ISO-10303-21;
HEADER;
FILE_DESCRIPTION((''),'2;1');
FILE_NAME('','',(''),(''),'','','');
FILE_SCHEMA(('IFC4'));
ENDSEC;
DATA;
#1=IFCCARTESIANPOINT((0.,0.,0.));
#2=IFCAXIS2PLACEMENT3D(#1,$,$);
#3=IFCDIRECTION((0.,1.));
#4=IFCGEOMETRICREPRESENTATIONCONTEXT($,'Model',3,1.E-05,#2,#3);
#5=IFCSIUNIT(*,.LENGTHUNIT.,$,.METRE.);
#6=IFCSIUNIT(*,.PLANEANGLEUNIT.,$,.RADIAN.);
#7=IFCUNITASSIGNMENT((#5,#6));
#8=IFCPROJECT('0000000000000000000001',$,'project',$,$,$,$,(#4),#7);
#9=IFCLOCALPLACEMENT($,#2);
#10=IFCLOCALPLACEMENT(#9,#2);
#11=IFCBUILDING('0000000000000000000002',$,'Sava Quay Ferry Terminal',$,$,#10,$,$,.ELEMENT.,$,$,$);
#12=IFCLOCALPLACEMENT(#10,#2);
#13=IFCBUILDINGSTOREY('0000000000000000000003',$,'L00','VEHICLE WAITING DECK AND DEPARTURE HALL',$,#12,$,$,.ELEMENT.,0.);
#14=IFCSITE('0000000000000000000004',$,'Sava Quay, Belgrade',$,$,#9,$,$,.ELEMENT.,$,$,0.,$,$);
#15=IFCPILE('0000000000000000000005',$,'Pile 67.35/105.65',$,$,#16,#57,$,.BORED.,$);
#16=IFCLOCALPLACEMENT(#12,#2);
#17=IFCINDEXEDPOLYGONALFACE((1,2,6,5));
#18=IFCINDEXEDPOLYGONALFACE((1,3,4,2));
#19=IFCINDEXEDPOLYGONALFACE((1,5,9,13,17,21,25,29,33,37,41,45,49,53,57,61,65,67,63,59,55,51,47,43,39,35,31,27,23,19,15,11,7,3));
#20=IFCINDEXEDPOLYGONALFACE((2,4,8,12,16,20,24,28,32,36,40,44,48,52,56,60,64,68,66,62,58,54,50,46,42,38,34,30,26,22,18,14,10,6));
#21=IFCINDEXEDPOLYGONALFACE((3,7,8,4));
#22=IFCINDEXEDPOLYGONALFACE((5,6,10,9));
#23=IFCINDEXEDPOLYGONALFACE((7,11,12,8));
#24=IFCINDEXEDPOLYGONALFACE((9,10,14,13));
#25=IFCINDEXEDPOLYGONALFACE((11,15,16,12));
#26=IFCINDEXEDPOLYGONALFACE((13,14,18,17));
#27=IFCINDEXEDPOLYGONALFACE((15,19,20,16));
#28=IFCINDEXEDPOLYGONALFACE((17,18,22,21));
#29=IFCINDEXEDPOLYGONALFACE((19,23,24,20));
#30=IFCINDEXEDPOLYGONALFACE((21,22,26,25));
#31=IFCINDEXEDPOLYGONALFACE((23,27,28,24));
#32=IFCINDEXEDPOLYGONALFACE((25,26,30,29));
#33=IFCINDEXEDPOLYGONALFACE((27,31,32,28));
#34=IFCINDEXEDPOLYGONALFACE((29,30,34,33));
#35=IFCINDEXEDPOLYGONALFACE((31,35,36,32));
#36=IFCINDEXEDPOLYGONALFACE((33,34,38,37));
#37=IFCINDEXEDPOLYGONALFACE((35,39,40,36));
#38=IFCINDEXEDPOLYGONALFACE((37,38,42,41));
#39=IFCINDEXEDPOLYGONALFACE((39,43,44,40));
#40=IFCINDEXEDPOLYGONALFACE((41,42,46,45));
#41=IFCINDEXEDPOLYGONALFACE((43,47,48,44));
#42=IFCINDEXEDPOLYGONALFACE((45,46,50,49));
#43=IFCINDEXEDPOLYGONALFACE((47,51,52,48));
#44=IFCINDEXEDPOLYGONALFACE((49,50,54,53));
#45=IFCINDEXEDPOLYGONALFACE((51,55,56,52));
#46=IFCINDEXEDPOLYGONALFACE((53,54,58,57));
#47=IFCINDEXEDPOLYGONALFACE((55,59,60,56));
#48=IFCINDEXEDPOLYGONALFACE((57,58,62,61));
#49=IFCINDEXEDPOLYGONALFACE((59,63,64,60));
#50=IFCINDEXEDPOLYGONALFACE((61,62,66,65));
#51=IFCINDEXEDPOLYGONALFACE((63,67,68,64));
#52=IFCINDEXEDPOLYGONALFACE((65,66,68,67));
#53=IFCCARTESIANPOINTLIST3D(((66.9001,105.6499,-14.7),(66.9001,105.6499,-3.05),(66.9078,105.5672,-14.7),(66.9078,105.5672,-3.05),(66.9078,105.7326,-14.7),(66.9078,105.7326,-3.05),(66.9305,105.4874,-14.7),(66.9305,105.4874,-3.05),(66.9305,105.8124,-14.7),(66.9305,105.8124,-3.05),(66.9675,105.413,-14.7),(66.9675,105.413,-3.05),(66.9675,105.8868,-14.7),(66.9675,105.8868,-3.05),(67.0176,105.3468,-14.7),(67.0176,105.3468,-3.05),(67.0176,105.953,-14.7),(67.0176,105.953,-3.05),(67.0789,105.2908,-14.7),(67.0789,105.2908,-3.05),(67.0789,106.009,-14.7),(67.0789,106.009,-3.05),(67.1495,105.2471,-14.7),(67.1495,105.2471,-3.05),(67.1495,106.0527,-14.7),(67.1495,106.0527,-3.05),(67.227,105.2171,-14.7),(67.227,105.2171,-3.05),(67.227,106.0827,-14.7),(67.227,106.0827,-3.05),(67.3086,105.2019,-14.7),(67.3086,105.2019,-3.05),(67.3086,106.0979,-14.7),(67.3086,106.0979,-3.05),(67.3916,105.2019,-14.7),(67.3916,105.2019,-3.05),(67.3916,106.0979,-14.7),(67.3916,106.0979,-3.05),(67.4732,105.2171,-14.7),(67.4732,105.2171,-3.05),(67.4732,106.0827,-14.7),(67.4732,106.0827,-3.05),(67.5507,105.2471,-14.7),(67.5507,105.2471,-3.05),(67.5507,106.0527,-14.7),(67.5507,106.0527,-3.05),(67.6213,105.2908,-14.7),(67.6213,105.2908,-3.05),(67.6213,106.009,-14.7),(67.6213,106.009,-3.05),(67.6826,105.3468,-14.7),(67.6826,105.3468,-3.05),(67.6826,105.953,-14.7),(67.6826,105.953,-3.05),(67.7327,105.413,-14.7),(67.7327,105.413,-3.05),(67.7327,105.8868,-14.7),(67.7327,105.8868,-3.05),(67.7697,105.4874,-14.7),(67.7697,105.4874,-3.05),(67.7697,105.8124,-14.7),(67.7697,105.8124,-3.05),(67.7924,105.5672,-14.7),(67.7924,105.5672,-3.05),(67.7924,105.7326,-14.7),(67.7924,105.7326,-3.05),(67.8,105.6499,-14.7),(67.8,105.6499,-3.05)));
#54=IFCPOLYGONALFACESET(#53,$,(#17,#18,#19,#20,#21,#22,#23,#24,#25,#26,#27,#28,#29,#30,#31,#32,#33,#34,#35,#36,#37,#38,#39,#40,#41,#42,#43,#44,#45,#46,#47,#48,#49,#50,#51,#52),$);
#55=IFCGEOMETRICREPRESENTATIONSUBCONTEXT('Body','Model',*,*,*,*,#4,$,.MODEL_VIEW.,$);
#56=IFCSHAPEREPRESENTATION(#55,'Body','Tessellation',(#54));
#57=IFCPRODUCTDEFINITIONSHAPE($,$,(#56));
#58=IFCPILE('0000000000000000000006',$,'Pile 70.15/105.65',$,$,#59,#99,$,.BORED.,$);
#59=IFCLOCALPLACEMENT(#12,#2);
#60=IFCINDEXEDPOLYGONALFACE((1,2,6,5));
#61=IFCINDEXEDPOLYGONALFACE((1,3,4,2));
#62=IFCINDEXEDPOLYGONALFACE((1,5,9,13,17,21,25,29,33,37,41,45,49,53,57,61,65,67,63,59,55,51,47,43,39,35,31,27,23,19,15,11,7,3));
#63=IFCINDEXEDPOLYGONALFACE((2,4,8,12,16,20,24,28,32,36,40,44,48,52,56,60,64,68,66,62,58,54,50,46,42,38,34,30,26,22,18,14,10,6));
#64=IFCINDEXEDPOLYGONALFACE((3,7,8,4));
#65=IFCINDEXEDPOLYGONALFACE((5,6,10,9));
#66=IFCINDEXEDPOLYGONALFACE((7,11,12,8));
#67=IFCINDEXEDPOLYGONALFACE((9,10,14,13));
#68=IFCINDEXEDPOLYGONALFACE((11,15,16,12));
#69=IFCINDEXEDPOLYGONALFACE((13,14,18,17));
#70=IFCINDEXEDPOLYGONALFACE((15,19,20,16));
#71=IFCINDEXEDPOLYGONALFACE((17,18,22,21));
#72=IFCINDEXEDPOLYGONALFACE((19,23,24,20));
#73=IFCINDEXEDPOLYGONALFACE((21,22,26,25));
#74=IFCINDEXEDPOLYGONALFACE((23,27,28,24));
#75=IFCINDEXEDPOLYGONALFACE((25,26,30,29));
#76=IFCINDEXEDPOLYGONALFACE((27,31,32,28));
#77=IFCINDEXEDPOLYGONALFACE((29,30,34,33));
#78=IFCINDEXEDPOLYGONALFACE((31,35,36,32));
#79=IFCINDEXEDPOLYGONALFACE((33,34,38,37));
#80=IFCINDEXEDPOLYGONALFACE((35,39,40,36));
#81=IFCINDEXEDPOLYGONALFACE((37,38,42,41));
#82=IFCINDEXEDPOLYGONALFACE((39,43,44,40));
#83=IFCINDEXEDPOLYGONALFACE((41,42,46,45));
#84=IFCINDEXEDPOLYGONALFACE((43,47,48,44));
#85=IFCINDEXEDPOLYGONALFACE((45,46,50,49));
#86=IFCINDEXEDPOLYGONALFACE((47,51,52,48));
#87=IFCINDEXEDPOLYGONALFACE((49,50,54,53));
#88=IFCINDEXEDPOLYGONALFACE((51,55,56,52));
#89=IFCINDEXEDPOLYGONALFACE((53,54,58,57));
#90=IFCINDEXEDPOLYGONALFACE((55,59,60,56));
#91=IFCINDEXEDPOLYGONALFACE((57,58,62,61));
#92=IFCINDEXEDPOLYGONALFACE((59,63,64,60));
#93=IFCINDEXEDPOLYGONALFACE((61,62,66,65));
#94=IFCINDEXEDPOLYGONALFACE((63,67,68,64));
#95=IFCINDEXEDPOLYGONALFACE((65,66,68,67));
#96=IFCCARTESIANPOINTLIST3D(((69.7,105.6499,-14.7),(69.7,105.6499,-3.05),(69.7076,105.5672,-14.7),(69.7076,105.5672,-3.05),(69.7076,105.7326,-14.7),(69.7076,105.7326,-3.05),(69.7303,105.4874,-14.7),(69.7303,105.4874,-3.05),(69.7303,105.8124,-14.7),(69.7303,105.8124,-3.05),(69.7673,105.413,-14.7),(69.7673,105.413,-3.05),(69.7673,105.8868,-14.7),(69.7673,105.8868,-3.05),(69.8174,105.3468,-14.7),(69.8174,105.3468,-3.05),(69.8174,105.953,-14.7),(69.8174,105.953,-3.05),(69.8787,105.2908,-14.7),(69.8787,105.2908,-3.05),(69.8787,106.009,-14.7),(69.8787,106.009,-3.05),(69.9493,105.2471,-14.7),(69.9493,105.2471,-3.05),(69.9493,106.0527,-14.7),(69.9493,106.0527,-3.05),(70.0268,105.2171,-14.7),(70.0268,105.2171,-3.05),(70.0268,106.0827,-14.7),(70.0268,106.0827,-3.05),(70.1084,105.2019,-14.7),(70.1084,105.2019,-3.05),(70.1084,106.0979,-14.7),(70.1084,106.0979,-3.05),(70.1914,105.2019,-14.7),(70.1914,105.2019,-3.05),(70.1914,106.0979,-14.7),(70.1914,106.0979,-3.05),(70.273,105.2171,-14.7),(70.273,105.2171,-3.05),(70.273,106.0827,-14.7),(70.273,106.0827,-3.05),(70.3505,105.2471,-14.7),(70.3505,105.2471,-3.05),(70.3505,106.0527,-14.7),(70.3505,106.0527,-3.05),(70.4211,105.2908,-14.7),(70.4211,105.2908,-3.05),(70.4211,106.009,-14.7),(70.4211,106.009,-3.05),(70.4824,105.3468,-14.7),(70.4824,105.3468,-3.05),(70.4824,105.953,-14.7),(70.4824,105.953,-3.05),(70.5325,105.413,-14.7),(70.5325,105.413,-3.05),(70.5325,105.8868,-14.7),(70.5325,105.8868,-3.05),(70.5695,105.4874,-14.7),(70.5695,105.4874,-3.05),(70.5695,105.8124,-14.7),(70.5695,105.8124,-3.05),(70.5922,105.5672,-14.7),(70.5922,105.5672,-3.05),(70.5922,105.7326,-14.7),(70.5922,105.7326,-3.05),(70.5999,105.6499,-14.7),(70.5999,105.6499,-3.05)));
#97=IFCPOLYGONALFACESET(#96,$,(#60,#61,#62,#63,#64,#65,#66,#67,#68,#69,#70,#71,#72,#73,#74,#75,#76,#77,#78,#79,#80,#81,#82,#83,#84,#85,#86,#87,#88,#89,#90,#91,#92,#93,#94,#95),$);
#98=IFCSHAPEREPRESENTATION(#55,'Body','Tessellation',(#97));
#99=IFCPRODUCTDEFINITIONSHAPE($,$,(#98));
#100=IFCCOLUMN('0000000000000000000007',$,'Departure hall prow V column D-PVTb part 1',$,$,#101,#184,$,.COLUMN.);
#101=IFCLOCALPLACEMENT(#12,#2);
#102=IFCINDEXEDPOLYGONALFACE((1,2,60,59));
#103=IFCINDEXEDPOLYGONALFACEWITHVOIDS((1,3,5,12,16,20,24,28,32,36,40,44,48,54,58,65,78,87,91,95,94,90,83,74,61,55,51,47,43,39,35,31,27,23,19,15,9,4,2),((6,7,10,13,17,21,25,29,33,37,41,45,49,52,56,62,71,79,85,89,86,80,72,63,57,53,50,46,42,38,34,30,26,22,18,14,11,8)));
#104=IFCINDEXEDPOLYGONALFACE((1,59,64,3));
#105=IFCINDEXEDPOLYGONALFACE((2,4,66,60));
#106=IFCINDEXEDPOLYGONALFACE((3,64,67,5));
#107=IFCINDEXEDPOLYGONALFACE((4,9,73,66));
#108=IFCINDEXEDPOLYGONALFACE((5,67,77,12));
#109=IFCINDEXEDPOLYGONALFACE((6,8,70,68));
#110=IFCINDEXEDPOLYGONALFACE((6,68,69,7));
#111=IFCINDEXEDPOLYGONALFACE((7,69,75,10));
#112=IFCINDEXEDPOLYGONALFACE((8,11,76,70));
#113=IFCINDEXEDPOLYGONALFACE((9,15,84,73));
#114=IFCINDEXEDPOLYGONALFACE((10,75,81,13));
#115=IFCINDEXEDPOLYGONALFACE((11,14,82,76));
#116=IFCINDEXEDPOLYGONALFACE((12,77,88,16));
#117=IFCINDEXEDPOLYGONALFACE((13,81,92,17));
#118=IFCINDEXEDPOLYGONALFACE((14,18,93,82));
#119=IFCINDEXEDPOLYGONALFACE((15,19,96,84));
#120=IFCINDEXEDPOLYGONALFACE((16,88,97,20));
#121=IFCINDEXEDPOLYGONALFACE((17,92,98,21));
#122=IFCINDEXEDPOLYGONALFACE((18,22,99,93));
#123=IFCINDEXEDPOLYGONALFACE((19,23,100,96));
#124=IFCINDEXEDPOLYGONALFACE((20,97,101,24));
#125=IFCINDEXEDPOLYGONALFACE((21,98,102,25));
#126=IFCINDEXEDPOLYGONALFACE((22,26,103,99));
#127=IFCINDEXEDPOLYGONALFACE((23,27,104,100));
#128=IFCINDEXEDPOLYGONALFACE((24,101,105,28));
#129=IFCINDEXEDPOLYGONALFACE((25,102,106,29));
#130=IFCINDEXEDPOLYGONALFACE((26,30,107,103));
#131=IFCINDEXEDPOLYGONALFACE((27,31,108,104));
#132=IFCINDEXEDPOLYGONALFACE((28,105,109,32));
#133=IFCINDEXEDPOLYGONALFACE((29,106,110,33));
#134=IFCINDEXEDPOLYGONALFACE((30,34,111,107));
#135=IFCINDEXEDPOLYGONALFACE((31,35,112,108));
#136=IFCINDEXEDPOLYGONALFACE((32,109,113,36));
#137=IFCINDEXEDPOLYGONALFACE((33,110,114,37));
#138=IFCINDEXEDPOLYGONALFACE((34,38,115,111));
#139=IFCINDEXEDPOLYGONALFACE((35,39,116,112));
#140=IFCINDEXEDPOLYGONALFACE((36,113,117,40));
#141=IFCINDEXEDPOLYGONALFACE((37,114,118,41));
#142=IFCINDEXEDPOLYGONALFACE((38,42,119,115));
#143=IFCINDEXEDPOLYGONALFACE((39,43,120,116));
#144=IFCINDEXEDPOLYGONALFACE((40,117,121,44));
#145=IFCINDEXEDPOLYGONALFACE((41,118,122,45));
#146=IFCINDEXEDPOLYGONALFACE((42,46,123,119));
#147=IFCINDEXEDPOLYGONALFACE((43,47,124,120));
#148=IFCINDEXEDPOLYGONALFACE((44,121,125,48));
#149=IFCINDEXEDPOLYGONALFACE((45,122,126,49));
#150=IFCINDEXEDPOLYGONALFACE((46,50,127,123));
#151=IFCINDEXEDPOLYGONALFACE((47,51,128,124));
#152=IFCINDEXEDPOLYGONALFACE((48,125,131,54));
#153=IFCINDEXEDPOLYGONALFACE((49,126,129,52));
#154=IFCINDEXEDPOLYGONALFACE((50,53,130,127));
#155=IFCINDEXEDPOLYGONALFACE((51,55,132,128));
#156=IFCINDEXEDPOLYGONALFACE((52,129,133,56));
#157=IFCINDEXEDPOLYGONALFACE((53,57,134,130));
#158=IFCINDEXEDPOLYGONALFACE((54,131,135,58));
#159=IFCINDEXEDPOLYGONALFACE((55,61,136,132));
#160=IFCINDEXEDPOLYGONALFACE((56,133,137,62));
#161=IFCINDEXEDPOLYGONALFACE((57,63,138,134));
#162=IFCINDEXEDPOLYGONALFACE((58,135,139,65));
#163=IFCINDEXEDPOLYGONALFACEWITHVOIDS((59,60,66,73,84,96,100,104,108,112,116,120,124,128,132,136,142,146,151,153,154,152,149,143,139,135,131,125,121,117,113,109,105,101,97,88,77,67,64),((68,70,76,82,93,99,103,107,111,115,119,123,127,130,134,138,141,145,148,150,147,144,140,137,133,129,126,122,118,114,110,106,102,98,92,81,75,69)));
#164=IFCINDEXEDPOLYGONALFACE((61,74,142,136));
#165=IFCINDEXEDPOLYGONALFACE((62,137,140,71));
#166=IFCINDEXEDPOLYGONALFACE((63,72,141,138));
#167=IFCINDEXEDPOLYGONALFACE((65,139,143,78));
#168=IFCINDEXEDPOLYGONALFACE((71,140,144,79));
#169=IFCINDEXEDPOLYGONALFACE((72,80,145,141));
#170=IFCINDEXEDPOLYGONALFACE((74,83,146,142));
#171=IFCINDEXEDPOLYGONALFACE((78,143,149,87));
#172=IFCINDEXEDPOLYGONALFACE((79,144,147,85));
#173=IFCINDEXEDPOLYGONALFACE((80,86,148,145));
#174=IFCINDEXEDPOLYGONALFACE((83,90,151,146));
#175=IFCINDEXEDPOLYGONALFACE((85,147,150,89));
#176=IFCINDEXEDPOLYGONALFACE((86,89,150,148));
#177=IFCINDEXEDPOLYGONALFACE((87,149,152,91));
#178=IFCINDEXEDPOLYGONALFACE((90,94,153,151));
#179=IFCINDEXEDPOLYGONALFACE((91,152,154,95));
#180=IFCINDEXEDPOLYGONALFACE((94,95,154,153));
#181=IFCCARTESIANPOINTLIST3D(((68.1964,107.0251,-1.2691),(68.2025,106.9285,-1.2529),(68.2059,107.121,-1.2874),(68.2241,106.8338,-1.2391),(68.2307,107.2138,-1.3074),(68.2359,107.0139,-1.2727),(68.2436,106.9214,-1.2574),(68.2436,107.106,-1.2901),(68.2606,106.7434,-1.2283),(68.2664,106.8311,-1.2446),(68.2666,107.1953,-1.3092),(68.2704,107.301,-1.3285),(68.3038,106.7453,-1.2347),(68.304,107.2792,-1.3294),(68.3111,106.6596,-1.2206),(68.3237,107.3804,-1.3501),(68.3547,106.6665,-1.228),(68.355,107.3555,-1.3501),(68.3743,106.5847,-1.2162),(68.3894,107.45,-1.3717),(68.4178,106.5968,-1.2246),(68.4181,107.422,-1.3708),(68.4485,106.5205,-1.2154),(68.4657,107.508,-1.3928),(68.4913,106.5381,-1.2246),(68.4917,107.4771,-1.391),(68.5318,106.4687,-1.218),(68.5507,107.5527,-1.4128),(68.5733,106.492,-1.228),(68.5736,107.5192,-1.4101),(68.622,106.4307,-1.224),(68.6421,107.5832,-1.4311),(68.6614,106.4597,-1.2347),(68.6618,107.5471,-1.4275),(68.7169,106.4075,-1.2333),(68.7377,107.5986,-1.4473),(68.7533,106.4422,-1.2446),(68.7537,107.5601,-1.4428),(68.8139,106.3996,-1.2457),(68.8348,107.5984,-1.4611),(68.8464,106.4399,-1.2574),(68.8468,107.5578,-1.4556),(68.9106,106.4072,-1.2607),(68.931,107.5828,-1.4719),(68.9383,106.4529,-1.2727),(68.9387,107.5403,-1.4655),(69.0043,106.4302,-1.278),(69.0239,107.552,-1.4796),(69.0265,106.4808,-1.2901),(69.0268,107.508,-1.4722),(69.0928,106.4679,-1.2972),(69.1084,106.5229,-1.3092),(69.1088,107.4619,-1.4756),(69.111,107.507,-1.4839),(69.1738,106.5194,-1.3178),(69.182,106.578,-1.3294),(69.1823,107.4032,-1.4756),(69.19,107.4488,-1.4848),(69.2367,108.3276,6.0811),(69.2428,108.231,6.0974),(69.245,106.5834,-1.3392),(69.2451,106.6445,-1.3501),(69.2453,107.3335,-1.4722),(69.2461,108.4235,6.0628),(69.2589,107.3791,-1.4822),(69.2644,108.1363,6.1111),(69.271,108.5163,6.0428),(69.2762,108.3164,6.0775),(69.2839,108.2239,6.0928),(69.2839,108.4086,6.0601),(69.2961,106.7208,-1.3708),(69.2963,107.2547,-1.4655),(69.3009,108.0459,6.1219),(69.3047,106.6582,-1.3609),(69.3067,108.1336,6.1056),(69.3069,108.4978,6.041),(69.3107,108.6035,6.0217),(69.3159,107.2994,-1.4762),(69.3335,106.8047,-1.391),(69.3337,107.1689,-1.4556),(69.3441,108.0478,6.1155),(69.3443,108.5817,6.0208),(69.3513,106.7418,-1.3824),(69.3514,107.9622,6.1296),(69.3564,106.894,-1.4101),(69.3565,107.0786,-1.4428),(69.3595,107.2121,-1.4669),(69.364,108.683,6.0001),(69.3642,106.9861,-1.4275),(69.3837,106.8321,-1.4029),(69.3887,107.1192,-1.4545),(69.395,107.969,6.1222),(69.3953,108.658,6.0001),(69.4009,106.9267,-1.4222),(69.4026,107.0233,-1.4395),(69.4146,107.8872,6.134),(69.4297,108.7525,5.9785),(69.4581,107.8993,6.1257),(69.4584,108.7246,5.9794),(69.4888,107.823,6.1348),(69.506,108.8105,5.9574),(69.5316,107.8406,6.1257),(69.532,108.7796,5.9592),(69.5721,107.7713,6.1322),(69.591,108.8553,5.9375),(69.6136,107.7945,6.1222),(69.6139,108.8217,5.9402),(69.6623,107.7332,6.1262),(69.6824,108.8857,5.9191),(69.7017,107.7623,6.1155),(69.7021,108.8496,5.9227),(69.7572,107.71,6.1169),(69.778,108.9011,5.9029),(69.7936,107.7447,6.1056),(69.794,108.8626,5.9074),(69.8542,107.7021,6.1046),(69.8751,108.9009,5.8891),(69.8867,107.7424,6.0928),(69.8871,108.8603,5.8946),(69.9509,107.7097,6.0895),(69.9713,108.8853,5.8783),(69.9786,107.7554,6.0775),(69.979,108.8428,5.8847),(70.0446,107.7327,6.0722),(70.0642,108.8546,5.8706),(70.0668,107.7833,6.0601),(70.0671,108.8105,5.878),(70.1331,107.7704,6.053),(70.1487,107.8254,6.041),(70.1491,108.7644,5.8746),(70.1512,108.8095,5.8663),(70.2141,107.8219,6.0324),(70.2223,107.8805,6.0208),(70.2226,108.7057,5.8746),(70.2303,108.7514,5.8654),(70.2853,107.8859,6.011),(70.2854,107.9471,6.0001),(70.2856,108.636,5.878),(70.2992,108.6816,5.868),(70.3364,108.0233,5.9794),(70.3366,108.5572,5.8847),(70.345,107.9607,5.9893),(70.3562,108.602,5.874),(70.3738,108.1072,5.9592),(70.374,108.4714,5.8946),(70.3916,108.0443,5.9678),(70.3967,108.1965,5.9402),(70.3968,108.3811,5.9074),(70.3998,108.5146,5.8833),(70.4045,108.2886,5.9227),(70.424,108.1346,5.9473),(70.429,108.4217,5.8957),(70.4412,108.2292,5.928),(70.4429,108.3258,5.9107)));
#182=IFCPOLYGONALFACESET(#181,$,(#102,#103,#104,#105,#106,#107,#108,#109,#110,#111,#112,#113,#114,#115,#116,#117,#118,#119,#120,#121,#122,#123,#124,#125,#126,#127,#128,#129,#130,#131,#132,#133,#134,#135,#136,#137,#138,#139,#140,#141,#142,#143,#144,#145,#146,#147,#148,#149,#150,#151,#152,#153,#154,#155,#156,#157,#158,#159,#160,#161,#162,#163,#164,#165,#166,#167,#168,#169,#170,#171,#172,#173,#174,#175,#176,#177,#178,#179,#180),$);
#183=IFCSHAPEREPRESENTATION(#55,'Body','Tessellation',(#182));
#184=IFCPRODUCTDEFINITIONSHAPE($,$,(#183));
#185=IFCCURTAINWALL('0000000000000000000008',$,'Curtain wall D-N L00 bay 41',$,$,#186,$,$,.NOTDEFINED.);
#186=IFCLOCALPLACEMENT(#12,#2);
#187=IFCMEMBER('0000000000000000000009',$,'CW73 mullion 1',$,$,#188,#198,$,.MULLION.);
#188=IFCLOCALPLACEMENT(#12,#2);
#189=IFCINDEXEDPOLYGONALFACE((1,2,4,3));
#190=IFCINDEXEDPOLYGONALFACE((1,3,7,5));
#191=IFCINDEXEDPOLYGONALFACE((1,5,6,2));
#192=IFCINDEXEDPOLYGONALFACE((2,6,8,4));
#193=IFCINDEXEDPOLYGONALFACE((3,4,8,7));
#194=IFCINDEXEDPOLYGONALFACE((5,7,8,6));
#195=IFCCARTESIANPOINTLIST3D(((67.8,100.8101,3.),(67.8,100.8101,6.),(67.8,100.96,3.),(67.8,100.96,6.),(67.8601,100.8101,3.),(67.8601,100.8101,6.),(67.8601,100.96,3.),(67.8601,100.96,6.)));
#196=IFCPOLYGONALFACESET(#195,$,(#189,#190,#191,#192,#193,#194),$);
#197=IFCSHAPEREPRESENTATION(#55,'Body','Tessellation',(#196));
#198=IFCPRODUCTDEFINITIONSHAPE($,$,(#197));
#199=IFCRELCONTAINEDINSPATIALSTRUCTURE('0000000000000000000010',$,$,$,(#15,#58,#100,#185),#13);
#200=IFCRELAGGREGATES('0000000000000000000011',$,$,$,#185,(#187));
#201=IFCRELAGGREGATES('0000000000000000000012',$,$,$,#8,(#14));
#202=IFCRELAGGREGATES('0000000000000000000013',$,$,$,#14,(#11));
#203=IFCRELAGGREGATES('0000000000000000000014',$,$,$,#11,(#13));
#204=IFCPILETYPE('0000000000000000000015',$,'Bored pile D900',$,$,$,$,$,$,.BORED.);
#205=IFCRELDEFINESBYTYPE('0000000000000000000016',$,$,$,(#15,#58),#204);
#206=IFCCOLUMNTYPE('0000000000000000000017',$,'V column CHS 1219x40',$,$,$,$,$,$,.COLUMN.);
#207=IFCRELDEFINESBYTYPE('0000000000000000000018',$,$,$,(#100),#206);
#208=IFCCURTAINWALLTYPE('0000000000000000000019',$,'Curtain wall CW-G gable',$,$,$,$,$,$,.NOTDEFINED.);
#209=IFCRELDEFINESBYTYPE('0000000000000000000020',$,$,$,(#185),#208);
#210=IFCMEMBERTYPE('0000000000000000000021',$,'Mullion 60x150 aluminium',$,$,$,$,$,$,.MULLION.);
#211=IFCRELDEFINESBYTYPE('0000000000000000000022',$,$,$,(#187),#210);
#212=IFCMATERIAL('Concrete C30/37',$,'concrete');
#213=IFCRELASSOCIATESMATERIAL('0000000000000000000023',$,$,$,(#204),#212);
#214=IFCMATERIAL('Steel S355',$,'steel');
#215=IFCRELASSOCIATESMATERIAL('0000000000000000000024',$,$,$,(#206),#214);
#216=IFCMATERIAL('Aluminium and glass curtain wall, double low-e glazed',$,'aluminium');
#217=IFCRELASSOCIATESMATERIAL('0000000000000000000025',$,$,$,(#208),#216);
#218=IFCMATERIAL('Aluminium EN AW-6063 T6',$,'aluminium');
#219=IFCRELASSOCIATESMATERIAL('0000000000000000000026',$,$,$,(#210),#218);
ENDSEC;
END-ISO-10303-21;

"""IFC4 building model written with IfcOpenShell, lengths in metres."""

from ifc_helpers import new_model, si_unit, direction, frame, origin, origin_2d, place, context, subcontext, project, spatial, rectangle, circle, hollow_circle, extrude, material, material_profile, profile_set, type_object, element, aggregate, save


model = new_model("IFC4")

# Units and contexts
model_context = context("Model", 3, precision=1e-05, world=origin(), true_north=direction((0.0, 1.0)))
body_context = subcontext(model_context, "Body", "Model", "MODEL_VIEW")
ifc_project = project(units=[si_unit("LENGTHUNIT", "METRE"), si_unit("PLANEANGLEUNIT", "RADIAN")], contexts=[model_context])

# Site, building, storey
site_placement = place(None, origin())
site = spatial("IfcSite", under=ifc_project, at=site_placement, Name="Sava Quay, Belgrade", CompositionType="ELEMENT", RefElevation=0.0)
building_placement = place(site_placement, origin())
building = spatial("IfcBuilding", under=site, at=building_placement, Name="Sava Quay Ferry Terminal", CompositionType="ELEMENT")
storey_placement = place(building_placement, origin())
storey = spatial("IfcBuildingStorey", under=building, at=storey_placement, Name="L00", Description="VEHICLE WAITING DECK AND DEPARTURE HALL", CompositionType="ELEMENT", Elevation=0.0)

# Piles
ifc_material_1 = material(Name="Concrete C30/37", Category="concrete")
ifc_material_profile_1 = material_profile(ifc_material_1, circle(Radius=0.45, at=origin_2d()), Name="Bored pile D900")
ifc_profile_set_1 = profile_set([ifc_material_profile_1], Name="Concrete C30/37")
pile_type = type_object("IfcPileType", Name="Bored pile D900", PredefinedType="BORED", material=ifc_profile_set_1)
for number, where, z_axis, x_axis, name in (
    (1, (67.3501, 105.6499, -3.05), (0.0, 0.0, -1.0), (1.0, 0.0, 0.0), "Pile 67.35/105.65"),
    (2, (70.1499, 105.6499, -3.05), (0.0, 0.0, -1.0), (1.0, 0.0, 0.0), "Pile 70.15/105.65"),
):
    element("IfcPile", number, at=place(storey_placement, frame(where, z_axis=z_axis, x_axis=x_axis)), inside=storey, type_object=pile_type, Name=name, PredefinedType="BORED", context=body_context, shape_type="SweptSolid", body=[
        extrude(circle(Radius=0.45, at=origin_2d()), origin(), (0.0, 0.0, 1.0), 11.6499),
    ])

# Column
ifc_material_2 = material(Name="Steel S355", Category="steel")
ifc_material_profile_2 = material_profile(ifc_material_2, hollow_circle(Radius=0.6096, WallThickness=0.04, at=origin_2d()), Name="CHS 1219 x 40.0")
ifc_profile_set_2 = profile_set([ifc_material_profile_2], Name="Steel S355")
column_type = type_object("IfcColumnType", Name="V column CHS 1219x40", PredefinedType="COLUMN", material=ifc_profile_set_2)
column_placement = place(storey_placement, frame((68.8, 107.0, -1.3501), z_axis=(0.138028, 0.172819, 0.975234), x_axis=(-0.781369, 0.62407, 0.0)))
element("IfcColumn", 3, at=column_placement, inside=storey, type_object=column_type, Name="Departure hall prow V column D-PVTb part 1", PredefinedType="COLUMN", context=body_context, shape_type="SweptSolid", body=[
    extrude(hollow_circle(Radius=0.6096, WallThickness=0.04, at=origin_2d()), origin(), (0.0, 0.0, 1.0), 7.5369),
])

# Curtain wall, member
ifc_material_3 = material(Name="Aluminium and glass curtain wall, double low-e glazed", Category="aluminium")
curtain_wall_type = type_object("IfcCurtainWallType", Name="Curtain wall CW-G gable", PredefinedType="NOTDEFINED", material=ifc_material_3)
curtain_wall_1_placement = place(storey_placement, origin())
curtain_wall_1 = element("IfcCurtainWall", 4, at=curtain_wall_1_placement, inside=storey, type_object=curtain_wall_type, Name="Curtain wall D-N L00 bay 41", PredefinedType="NOTDEFINED")
ifc_material_4 = material(Name="Aluminium EN AW-6063 T6", Category="aluminium")
ifc_material_profile_3 = material_profile(ifc_material_4, rectangle(XDim=0.1499, YDim=0.0601, at=origin_2d()), Name="Mullion 60x150 aluminium")
ifc_profile_set_3 = profile_set([ifc_material_profile_3], Name="Aluminium EN AW-6063 T6")
member_type_1 = type_object("IfcMemberType", Name="Mullion 60x150 aluminium", PredefinedType="MULLION", material=ifc_profile_set_3)
member_1_placement = place(storey_placement, frame((67.8301, 100.885, 3.0), z_axis=(0.0, 0.0, 1.0), x_axis=(0.0, 1.0, 0.0)))
member_1 = element("IfcMember", 5, at=member_1_placement, type_object=member_type_1, Name="CW73 mullion 1", PredefinedType="MULLION", context=body_context, shape_type="SweptSolid", body=[
    extrude(rectangle(XDim=0.1499, YDim=0.0601, at=origin_2d()), origin(), (0.0, 0.0, 1.0), 3.0),
])

aggregate(curtain_wall_1, [member_1])

save(model, "model.ifc")
